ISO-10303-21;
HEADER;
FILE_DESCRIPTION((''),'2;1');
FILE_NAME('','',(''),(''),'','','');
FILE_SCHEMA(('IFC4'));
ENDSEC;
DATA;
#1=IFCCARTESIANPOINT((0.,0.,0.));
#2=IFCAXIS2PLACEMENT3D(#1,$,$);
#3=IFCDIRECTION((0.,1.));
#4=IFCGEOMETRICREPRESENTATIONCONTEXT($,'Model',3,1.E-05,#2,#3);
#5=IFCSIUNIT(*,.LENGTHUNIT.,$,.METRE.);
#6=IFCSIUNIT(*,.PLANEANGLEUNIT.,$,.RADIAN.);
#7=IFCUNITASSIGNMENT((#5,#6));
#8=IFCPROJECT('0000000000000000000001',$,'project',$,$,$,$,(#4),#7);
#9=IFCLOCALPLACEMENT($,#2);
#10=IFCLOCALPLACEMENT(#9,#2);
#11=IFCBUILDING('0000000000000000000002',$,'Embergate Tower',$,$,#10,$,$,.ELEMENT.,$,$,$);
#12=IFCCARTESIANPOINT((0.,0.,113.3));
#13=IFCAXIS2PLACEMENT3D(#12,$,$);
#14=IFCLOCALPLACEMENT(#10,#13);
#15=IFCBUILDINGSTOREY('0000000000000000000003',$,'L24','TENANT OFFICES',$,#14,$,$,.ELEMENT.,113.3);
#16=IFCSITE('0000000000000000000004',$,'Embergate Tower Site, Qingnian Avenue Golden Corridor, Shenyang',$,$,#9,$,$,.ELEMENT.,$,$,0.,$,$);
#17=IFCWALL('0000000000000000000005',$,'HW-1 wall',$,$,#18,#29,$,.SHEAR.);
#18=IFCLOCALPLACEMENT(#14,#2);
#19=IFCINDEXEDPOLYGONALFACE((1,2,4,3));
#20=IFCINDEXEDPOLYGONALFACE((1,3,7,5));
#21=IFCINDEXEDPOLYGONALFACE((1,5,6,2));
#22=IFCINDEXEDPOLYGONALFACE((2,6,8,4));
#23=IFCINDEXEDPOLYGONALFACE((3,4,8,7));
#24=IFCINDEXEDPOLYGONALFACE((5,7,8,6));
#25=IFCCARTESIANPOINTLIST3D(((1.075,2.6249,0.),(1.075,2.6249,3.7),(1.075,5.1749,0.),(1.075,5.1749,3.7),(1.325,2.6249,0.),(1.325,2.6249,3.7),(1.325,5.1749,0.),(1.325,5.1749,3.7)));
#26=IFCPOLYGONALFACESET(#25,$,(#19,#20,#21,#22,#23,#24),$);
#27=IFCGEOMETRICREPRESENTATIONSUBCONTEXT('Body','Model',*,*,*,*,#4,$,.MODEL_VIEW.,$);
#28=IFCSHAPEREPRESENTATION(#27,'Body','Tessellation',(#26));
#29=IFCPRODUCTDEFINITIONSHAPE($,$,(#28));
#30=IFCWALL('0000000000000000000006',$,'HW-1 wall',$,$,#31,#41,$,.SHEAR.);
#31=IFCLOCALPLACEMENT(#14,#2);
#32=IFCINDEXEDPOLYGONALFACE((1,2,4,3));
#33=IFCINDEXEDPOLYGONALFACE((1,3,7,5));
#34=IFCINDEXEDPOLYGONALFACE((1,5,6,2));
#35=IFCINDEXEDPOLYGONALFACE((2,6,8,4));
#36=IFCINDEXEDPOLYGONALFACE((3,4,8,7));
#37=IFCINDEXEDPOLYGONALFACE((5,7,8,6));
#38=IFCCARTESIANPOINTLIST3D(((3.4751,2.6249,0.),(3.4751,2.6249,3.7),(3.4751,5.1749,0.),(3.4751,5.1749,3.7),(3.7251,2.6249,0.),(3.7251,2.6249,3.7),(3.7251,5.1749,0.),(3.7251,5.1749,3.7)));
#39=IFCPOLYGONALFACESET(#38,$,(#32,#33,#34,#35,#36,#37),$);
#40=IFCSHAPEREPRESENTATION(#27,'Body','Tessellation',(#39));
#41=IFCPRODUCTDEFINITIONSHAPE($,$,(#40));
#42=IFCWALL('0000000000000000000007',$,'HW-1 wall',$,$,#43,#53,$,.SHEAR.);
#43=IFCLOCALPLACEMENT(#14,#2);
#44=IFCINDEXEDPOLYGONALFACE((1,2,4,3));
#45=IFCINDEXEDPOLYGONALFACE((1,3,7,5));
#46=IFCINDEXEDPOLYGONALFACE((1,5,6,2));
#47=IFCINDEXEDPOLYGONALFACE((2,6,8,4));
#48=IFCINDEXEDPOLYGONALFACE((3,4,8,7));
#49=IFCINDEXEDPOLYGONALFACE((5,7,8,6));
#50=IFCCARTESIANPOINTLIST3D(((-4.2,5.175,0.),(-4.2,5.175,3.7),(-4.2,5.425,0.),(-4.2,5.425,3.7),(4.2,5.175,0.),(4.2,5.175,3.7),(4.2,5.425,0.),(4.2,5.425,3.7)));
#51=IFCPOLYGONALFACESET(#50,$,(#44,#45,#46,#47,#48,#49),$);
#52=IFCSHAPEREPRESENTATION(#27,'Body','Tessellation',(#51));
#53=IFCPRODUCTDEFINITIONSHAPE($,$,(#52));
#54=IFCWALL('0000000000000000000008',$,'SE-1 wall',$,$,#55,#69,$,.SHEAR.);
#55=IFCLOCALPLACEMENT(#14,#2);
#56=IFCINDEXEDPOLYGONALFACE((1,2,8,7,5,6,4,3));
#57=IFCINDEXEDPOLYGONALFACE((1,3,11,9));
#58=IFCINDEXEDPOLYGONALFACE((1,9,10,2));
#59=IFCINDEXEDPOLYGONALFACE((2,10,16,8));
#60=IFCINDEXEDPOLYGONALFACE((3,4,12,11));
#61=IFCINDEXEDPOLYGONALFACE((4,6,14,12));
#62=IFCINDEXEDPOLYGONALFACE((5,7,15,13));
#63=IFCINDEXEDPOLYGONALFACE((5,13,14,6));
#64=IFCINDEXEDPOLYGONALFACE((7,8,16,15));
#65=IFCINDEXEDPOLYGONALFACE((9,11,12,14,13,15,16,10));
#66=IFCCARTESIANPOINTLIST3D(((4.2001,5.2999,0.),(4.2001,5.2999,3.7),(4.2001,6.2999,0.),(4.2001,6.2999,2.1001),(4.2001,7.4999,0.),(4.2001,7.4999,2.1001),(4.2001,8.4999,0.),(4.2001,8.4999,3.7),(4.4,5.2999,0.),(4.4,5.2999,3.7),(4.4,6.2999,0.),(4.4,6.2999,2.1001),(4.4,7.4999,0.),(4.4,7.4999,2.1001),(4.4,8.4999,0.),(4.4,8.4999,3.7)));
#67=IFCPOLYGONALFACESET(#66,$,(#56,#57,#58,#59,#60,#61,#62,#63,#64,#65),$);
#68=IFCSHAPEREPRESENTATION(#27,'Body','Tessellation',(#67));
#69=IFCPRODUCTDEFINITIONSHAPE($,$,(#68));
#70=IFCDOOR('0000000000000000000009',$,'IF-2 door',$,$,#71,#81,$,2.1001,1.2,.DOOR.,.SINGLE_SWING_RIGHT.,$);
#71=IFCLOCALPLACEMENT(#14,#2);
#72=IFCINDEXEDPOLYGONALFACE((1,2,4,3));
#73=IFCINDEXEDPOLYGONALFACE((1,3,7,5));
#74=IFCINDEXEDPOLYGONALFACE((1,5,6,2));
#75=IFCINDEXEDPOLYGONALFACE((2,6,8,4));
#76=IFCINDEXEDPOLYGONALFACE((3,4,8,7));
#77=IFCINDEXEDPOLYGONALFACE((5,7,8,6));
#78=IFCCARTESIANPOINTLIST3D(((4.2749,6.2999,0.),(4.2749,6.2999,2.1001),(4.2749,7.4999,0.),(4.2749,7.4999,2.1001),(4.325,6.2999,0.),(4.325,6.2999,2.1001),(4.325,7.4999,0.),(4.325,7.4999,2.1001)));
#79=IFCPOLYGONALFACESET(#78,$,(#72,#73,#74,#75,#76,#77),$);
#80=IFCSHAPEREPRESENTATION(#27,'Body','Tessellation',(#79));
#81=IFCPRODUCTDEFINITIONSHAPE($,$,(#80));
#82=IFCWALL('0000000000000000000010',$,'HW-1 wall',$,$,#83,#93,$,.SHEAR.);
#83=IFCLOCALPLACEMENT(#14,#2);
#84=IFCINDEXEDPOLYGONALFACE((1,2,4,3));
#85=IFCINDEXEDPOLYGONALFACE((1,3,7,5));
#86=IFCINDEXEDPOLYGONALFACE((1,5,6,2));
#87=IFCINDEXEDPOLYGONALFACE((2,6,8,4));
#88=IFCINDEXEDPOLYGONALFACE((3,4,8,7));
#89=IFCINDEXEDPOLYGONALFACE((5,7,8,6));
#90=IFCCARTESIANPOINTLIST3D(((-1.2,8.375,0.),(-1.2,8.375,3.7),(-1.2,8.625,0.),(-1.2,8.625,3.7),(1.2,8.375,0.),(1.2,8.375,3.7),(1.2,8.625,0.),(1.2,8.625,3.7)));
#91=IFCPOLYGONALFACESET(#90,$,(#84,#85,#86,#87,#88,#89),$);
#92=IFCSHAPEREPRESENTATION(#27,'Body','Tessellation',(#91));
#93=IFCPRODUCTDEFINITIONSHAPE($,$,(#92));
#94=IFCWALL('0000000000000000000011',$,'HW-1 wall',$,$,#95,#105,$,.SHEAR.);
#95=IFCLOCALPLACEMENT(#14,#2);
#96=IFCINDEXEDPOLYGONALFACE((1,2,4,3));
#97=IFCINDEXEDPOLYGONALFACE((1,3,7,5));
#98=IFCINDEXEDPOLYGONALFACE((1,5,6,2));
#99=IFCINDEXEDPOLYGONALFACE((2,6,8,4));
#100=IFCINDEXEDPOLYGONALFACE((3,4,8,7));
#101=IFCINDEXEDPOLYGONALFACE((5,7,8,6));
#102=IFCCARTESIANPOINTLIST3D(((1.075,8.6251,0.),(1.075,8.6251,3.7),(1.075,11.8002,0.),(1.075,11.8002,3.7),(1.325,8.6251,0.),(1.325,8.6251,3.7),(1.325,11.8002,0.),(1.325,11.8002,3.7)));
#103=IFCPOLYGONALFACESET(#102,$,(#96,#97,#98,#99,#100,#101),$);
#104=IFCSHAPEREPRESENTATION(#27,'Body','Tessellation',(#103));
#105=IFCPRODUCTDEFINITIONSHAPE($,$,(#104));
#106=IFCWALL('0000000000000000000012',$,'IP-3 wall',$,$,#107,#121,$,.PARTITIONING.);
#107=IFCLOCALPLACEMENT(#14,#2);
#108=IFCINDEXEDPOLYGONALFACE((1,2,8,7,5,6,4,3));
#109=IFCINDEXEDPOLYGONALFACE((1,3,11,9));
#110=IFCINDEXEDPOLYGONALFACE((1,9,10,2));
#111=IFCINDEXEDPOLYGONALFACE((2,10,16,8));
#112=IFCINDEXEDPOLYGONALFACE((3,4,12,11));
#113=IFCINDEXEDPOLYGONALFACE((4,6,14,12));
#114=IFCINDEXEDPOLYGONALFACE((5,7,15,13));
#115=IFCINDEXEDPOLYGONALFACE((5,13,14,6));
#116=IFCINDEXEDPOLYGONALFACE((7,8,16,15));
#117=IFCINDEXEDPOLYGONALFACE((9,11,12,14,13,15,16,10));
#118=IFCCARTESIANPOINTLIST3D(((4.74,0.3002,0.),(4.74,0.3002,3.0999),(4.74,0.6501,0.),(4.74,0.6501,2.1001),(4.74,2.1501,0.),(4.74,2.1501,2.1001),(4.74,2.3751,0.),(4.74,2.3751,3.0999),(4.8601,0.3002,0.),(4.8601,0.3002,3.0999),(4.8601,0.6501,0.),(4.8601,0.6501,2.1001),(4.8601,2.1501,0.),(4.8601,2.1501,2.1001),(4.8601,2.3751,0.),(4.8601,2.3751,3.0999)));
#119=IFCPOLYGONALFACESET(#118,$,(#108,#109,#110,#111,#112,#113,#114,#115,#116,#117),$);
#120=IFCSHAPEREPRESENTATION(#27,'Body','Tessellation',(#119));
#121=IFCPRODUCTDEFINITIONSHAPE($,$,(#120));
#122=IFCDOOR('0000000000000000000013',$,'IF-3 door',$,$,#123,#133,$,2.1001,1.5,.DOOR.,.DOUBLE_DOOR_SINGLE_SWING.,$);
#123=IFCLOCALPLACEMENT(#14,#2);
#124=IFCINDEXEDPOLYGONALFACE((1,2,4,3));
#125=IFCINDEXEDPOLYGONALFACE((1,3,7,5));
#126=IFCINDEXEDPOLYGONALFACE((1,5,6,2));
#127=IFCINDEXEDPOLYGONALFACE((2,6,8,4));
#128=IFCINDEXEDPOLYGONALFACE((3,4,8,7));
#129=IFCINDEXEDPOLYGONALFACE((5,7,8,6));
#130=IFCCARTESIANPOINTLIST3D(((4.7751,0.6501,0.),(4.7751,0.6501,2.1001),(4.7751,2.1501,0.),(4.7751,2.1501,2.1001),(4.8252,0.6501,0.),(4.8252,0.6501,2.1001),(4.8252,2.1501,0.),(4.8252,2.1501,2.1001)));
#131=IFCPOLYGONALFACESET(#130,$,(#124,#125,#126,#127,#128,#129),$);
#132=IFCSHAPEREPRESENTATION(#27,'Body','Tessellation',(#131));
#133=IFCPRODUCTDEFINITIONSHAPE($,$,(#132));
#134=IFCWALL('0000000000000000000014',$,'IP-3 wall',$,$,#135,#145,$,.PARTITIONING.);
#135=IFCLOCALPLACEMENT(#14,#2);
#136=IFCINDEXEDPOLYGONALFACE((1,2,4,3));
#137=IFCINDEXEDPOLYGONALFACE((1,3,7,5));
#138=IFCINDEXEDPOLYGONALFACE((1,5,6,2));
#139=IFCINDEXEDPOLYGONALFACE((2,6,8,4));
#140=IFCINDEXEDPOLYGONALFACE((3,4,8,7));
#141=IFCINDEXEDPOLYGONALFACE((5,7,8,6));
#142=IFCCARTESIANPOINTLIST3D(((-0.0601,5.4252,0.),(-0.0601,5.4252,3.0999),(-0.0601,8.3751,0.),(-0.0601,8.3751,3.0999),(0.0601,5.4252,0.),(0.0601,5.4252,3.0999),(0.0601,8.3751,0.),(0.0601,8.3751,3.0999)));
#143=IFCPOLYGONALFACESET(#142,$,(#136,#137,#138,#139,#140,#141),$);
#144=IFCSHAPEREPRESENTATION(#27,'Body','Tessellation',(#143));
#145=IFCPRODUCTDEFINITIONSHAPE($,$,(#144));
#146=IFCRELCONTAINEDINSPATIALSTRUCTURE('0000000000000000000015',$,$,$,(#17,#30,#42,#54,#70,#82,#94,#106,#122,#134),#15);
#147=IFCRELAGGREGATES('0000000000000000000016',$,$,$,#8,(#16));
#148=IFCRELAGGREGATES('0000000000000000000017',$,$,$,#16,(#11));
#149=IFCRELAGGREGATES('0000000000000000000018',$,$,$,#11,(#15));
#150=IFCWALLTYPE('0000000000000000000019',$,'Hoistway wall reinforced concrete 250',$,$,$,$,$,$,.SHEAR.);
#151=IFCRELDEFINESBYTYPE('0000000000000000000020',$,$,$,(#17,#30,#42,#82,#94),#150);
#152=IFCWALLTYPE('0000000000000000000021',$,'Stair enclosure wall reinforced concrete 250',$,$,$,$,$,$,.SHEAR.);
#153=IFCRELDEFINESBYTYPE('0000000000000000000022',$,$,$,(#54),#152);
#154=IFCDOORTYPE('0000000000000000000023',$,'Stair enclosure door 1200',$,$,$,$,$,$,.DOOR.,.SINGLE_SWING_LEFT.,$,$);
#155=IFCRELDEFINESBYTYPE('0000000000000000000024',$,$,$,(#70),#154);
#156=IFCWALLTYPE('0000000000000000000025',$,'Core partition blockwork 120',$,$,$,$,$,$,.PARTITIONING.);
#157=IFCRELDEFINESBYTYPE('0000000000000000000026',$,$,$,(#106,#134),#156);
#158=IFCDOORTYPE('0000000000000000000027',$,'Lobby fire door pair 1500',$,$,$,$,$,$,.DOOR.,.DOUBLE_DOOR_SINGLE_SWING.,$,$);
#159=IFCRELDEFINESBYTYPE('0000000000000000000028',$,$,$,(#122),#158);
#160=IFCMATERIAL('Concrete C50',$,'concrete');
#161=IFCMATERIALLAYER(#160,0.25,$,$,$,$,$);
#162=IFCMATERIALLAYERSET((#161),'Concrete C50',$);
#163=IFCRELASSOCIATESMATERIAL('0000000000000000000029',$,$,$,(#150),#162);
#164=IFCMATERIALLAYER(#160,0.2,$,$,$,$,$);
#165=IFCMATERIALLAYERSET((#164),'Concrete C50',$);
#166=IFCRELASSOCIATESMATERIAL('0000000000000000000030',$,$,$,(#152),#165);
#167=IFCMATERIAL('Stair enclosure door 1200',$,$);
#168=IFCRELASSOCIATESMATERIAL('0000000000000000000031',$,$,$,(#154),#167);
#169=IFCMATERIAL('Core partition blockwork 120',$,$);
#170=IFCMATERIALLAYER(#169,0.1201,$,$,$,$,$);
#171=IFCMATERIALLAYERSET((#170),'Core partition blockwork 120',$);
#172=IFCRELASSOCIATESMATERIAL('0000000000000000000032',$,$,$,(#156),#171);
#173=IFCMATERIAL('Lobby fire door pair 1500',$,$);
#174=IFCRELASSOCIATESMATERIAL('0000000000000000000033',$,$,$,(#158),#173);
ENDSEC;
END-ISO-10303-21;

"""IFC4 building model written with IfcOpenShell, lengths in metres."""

from ifc_helpers import new_model, si_unit, direction, frame, frame_2d, origin, place, context, subcontext, project, spatial, rectangle, extrude, source, transform, mapped, material, layer, layer_set, type_object, element, fill, save


model = new_model("IFC4")

# Units and contexts
model_context = context("Model", 3, precision=1e-05, world=origin(), true_north=direction((0.0, 1.0)))
body_context = subcontext(model_context, "Body", "Model", "MODEL_VIEW")
ifc_project = project(units=[si_unit("LENGTHUNIT", "METRE"), si_unit("PLANEANGLEUNIT", "RADIAN")], contexts=[model_context])

# Site, building, storey
site_placement = place(None, origin())
site = spatial("IfcSite", under=ifc_project, at=site_placement, Name="Embergate Tower Site, Qingnian Avenue Golden Corridor, Shenyang", CompositionType="ELEMENT", RefElevation=0.0)
building_placement = place(site_placement, origin())
building = spatial("IfcBuilding", under=site, at=building_placement, Name="Embergate Tower", CompositionType="ELEMENT")
storey_placement = place(building_placement, frame((0.0, 0.0, 113.3)))
storey = spatial("IfcBuildingStorey", under=building, at=storey_placement, Name="L24", Description="TENANT OFFICES", CompositionType="ELEMENT", Elevation=113.3)

# Walls
ifc_material_1 = material(Name="Concrete C50", Category="concrete")
ifc_layer_1 = layer(ifc_material_1, 0.25)
ifc_layer_set_1 = layer_set([ifc_layer_1], Name="Concrete C50")
wall_type_1 = type_object("IfcWallType", Name="Hoistway wall reinforced concrete 250", PredefinedType="SHEAR", material=ifc_layer_set_1)
shared_shape_1 = source(origin(), body_context, "Body", "SweptSolid", [
    extrude(rectangle(XDim=2.55, YDim=0.25, at=frame_2d((1.2749, 0.0))), origin(), (0.0, 0.0, 1.0), 3.7),
])
for number, where, z_axis, x_axis, name in (
    (1, (1.2, 2.625, 0.0), (0.0, 0.0, 1.0), (0.0, 1.0, 0.0), "HW-1 wall"),
    (2, (3.6001, 2.625, 0.0), (0.0, 0.0, 1.0), (0.0, 1.0, 0.0), "HW-1 wall"),
):
    element("IfcWall", number, at=place(storey_placement, frame(where, z_axis=z_axis, x_axis=x_axis)), inside=storey, type_object=wall_type_1, Name=name, PredefinedType="SHEAR", context=body_context, shape_type="MappedRepresentation", body=[
        mapped(shared_shape_1, transform((0.0, 0.0, 0.0))),
    ])
shared_shape_2 = source(origin(), body_context, "Body", "SweptSolid", [
    extrude(rectangle(XDim=8.3999, YDim=0.25, at=frame_2d((4.2, 0.0))), origin(), (0.0, 0.0, 1.0), 3.7),
])
wall_1_placement = place(storey_placement, frame((4.2, 5.3, 0.0), z_axis=(0.0, 0.0, 1.0), x_axis=(-1.0, 0.0, 0.0)))
element("IfcWall", 3, at=wall_1_placement, inside=storey, type_object=wall_type_1, Name="HW-1 wall", PredefinedType="SHEAR", context=body_context, shape_type="MappedRepresentation", body=[
    mapped(shared_shape_2, transform((0.0, 0.0, 0.0))),
])

# Wall, opening, door
ifc_layer_2 = layer(ifc_material_1, 0.2)
ifc_layer_set_2 = layer_set([ifc_layer_2], Name="Concrete C50")
wall_type_2 = type_object("IfcWallType", Name="Stair enclosure wall reinforced concrete 250", PredefinedType="SHEAR", material=ifc_layer_set_2)
shared_shape_3 = source(origin(), body_context, "Body", "SweptSolid", [
    extrude(rectangle(XDim=3.2, YDim=0.2, at=frame_2d((1.6001, 0.0))), origin(), (0.0, 0.0, 1.0), 3.7),
])
wall_2_placement = place(storey_placement, frame((4.3, 8.5, 0.0), z_axis=(0.0, 0.0, 1.0), x_axis=(0.0, -1.0, 0.0)))
wall_2 = element("IfcWall", 4, at=wall_2_placement, inside=storey, type_object=wall_type_2, Name="SE-1 wall", PredefinedType="SHEAR", context=body_context, shape_type="MappedRepresentation", body=[
    mapped(shared_shape_3, transform((0.0, 0.0, 0.0))),
])
shared_shape_4 = source(origin(), body_context, "Body", "SweptSolid", [
    extrude(rectangle(XDim=1.2, YDim=2.1001, at=frame_2d((0.6001, 1.05))), frame((0.0, 0.1099, 0.0), z_axis=(0.0, -1.0, 0.0), x_axis=(1.0, 0.0, 0.0)), (0.0, 0.0, 1.0), 0.22),
])
opening_1_placement = place(wall_2_placement, frame((1.0, 0.0, 0.0)))
opening_1 = element("IfcOpeningElement", 5, at=opening_1_placement, cuts=wall_2, PredefinedType="OPENING", context=body_context, shape_type="MappedRepresentation", body=[
    mapped(shared_shape_4, transform((0.0, 0.0, 0.0))),
])
ifc_material_2 = material(Name="Stair enclosure door 1200")
door_type_1 = type_object("IfcDoorType", Name="Stair enclosure door 1200", OperationType="SINGLE_SWING_LEFT", PredefinedType="DOOR", material=ifc_material_2)
shared_shape_5 = source(origin(), body_context, "Body", "SweptSolid", [
    extrude(rectangle(XDim=1.2, YDim=2.1001, at=frame_2d((0.6001, 1.05))), frame((0.0, 0.0249, 0.0), z_axis=(0.0, -1.0, 0.0), x_axis=(1.0, 0.0, 0.0)), (0.0, 0.0, 1.0), 0.05),
])
door_1_placement = place(opening_1_placement, origin())
door_1 = element("IfcDoor", 6, at=door_1_placement, inside=storey, type_object=door_type_1, Name="IF-2 door", OperationType="SINGLE_SWING_RIGHT", OverallHeight=2.1001, OverallWidth=1.2, PredefinedType="DOOR", context=body_context, shape_type="MappedRepresentation", body=[
    mapped(shared_shape_5, transform((0.0, 0.0, 0.0))),
])
fill(opening_1, door_1)

# Walls
shared_shape_6 = source(origin(), body_context, "Body", "SweptSolid", [
    extrude(rectangle(XDim=2.3999, YDim=0.25, at=frame_2d((1.2, 0.0))), origin(), (0.0, 0.0, 1.0), 3.7),
])
wall_3_placement = place(storey_placement, frame((1.2, 8.5, 0.0), z_axis=(0.0, 0.0, 1.0), x_axis=(-1.0, 0.0, 0.0)))
element("IfcWall", 7, at=wall_3_placement, inside=storey, type_object=wall_type_1, Name="HW-1 wall", PredefinedType="SHEAR", context=body_context, shape_type="MappedRepresentation", body=[
    mapped(shared_shape_6, transform((0.0, 0.0, 0.0))),
])
shared_shape_7 = source(origin(), body_context, "Body", "SweptSolid", [
    extrude(rectangle(XDim=3.175, YDim=0.25, at=frame_2d((1.5874, 0.0))), origin(), (0.0, 0.0, 1.0), 3.7),
])
wall_4_placement = place(storey_placement, frame((1.2, 11.8, 0.0), z_axis=(0.0, 0.0, 1.0), x_axis=(0.0, -1.0, 0.0)))
element("IfcWall", 8, at=wall_4_placement, inside=storey, type_object=wall_type_1, Name="HW-1 wall", PredefinedType="SHEAR", context=body_context, shape_type="MappedRepresentation", body=[
    mapped(shared_shape_7, transform((0.0, 0.0, 0.0))),
])

# Wall, opening, door
ifc_material_3 = material(Name="Core partition blockwork 120")
ifc_layer_3 = layer(ifc_material_3, 0.1201)
ifc_layer_set_3 = layer_set([ifc_layer_3], Name="Core partition blockwork 120")
wall_type_3 = type_object("IfcWallType", Name="Core partition blockwork 120", PredefinedType="PARTITIONING", material=ifc_layer_set_3)
shared_shape_8 = source(origin(), body_context, "Body", "SweptSolid", [
    extrude(rectangle(XDim=2.075, YDim=0.1201, at=frame_2d((1.0376, 0.0))), origin(), (0.0, 0.0, 1.0), 3.0999),
])
wall_5_placement = place(storey_placement, frame((4.8, 0.3, 0.0), z_axis=(0.0, 0.0, 1.0), x_axis=(0.0, 1.0, 0.0)))
wall_5 = element("IfcWall", 9, at=wall_5_placement, inside=storey, type_object=wall_type_3, Name="IP-3 wall", PredefinedType="PARTITIONING", context=body_context, shape_type="MappedRepresentation", body=[
    mapped(shared_shape_8, transform((0.0, 0.0, 0.0))),
])
shared_shape_9 = source(origin(), body_context, "Body", "SweptSolid", [
    extrude(rectangle(XDim=1.5, YDim=2.1001, at=frame_2d((0.75, 1.05))), frame((0.0, 0.0701, 0.0), z_axis=(0.0, -1.0, 0.0), x_axis=(1.0, 0.0, 0.0)), (0.0, 0.0, 1.0), 0.1401),
])
opening_2_placement = place(wall_5_placement, frame((0.3501, 0.0, 0.0)))
opening_2 = element("IfcOpeningElement", 10, at=opening_2_placement, cuts=wall_5, PredefinedType="OPENING", context=body_context, shape_type="MappedRepresentation", body=[
    mapped(shared_shape_9, transform((0.0, 0.0, 0.0))),
])
ifc_material_4 = material(Name="Lobby fire door pair 1500")
door_type_2 = type_object("IfcDoorType", Name="Lobby fire door pair 1500", OperationType="DOUBLE_DOOR_SINGLE_SWING", PredefinedType="DOOR", material=ifc_material_4)
shared_shape_10 = source(origin(), body_context, "Body", "SweptSolid", [
    extrude(rectangle(XDim=1.5, YDim=2.1001, at=frame_2d((0.75, 1.05))), frame((0.0, 0.0249, 0.0), z_axis=(0.0, -1.0, 0.0), x_axis=(1.0, 0.0, 0.0)), (0.0, 0.0, 1.0), 0.05),
])
door_2_placement = place(opening_2_placement, origin())
door_2 = element("IfcDoor", 11, at=door_2_placement, inside=storey, type_object=door_type_2, Name="IF-3 door", OperationType="DOUBLE_DOOR_SINGLE_SWING", OverallHeight=2.1001, OverallWidth=1.5, PredefinedType="DOOR", context=body_context, shape_type="MappedRepresentation", body=[
    mapped(shared_shape_10, transform((0.0, 0.0, 0.0))),
])
fill(opening_2, door_2)

# Wall
shared_shape_11 = source(origin(), body_context, "Body", "SweptSolid", [
    extrude(rectangle(XDim=2.95, YDim=0.1201, at=frame_2d((1.4751, 0.0))), origin(), (0.0, 0.0, 1.0), 3.0999),
])
wall_6_placement = place(storey_placement, frame((0.0, 5.425, 0.0), z_axis=(0.0, 0.0, 1.0), x_axis=(0.0, 1.0, 0.0)))
element("IfcWall", 12, at=wall_6_placement, inside=storey, type_object=wall_type_3, Name="IP-3 wall", PredefinedType="PARTITIONING", context=body_context, shape_type="MappedRepresentation", body=[
    mapped(shared_shape_11, transform((0.0, 0.0, 0.0))),
])

save(model, "model.ifc")
